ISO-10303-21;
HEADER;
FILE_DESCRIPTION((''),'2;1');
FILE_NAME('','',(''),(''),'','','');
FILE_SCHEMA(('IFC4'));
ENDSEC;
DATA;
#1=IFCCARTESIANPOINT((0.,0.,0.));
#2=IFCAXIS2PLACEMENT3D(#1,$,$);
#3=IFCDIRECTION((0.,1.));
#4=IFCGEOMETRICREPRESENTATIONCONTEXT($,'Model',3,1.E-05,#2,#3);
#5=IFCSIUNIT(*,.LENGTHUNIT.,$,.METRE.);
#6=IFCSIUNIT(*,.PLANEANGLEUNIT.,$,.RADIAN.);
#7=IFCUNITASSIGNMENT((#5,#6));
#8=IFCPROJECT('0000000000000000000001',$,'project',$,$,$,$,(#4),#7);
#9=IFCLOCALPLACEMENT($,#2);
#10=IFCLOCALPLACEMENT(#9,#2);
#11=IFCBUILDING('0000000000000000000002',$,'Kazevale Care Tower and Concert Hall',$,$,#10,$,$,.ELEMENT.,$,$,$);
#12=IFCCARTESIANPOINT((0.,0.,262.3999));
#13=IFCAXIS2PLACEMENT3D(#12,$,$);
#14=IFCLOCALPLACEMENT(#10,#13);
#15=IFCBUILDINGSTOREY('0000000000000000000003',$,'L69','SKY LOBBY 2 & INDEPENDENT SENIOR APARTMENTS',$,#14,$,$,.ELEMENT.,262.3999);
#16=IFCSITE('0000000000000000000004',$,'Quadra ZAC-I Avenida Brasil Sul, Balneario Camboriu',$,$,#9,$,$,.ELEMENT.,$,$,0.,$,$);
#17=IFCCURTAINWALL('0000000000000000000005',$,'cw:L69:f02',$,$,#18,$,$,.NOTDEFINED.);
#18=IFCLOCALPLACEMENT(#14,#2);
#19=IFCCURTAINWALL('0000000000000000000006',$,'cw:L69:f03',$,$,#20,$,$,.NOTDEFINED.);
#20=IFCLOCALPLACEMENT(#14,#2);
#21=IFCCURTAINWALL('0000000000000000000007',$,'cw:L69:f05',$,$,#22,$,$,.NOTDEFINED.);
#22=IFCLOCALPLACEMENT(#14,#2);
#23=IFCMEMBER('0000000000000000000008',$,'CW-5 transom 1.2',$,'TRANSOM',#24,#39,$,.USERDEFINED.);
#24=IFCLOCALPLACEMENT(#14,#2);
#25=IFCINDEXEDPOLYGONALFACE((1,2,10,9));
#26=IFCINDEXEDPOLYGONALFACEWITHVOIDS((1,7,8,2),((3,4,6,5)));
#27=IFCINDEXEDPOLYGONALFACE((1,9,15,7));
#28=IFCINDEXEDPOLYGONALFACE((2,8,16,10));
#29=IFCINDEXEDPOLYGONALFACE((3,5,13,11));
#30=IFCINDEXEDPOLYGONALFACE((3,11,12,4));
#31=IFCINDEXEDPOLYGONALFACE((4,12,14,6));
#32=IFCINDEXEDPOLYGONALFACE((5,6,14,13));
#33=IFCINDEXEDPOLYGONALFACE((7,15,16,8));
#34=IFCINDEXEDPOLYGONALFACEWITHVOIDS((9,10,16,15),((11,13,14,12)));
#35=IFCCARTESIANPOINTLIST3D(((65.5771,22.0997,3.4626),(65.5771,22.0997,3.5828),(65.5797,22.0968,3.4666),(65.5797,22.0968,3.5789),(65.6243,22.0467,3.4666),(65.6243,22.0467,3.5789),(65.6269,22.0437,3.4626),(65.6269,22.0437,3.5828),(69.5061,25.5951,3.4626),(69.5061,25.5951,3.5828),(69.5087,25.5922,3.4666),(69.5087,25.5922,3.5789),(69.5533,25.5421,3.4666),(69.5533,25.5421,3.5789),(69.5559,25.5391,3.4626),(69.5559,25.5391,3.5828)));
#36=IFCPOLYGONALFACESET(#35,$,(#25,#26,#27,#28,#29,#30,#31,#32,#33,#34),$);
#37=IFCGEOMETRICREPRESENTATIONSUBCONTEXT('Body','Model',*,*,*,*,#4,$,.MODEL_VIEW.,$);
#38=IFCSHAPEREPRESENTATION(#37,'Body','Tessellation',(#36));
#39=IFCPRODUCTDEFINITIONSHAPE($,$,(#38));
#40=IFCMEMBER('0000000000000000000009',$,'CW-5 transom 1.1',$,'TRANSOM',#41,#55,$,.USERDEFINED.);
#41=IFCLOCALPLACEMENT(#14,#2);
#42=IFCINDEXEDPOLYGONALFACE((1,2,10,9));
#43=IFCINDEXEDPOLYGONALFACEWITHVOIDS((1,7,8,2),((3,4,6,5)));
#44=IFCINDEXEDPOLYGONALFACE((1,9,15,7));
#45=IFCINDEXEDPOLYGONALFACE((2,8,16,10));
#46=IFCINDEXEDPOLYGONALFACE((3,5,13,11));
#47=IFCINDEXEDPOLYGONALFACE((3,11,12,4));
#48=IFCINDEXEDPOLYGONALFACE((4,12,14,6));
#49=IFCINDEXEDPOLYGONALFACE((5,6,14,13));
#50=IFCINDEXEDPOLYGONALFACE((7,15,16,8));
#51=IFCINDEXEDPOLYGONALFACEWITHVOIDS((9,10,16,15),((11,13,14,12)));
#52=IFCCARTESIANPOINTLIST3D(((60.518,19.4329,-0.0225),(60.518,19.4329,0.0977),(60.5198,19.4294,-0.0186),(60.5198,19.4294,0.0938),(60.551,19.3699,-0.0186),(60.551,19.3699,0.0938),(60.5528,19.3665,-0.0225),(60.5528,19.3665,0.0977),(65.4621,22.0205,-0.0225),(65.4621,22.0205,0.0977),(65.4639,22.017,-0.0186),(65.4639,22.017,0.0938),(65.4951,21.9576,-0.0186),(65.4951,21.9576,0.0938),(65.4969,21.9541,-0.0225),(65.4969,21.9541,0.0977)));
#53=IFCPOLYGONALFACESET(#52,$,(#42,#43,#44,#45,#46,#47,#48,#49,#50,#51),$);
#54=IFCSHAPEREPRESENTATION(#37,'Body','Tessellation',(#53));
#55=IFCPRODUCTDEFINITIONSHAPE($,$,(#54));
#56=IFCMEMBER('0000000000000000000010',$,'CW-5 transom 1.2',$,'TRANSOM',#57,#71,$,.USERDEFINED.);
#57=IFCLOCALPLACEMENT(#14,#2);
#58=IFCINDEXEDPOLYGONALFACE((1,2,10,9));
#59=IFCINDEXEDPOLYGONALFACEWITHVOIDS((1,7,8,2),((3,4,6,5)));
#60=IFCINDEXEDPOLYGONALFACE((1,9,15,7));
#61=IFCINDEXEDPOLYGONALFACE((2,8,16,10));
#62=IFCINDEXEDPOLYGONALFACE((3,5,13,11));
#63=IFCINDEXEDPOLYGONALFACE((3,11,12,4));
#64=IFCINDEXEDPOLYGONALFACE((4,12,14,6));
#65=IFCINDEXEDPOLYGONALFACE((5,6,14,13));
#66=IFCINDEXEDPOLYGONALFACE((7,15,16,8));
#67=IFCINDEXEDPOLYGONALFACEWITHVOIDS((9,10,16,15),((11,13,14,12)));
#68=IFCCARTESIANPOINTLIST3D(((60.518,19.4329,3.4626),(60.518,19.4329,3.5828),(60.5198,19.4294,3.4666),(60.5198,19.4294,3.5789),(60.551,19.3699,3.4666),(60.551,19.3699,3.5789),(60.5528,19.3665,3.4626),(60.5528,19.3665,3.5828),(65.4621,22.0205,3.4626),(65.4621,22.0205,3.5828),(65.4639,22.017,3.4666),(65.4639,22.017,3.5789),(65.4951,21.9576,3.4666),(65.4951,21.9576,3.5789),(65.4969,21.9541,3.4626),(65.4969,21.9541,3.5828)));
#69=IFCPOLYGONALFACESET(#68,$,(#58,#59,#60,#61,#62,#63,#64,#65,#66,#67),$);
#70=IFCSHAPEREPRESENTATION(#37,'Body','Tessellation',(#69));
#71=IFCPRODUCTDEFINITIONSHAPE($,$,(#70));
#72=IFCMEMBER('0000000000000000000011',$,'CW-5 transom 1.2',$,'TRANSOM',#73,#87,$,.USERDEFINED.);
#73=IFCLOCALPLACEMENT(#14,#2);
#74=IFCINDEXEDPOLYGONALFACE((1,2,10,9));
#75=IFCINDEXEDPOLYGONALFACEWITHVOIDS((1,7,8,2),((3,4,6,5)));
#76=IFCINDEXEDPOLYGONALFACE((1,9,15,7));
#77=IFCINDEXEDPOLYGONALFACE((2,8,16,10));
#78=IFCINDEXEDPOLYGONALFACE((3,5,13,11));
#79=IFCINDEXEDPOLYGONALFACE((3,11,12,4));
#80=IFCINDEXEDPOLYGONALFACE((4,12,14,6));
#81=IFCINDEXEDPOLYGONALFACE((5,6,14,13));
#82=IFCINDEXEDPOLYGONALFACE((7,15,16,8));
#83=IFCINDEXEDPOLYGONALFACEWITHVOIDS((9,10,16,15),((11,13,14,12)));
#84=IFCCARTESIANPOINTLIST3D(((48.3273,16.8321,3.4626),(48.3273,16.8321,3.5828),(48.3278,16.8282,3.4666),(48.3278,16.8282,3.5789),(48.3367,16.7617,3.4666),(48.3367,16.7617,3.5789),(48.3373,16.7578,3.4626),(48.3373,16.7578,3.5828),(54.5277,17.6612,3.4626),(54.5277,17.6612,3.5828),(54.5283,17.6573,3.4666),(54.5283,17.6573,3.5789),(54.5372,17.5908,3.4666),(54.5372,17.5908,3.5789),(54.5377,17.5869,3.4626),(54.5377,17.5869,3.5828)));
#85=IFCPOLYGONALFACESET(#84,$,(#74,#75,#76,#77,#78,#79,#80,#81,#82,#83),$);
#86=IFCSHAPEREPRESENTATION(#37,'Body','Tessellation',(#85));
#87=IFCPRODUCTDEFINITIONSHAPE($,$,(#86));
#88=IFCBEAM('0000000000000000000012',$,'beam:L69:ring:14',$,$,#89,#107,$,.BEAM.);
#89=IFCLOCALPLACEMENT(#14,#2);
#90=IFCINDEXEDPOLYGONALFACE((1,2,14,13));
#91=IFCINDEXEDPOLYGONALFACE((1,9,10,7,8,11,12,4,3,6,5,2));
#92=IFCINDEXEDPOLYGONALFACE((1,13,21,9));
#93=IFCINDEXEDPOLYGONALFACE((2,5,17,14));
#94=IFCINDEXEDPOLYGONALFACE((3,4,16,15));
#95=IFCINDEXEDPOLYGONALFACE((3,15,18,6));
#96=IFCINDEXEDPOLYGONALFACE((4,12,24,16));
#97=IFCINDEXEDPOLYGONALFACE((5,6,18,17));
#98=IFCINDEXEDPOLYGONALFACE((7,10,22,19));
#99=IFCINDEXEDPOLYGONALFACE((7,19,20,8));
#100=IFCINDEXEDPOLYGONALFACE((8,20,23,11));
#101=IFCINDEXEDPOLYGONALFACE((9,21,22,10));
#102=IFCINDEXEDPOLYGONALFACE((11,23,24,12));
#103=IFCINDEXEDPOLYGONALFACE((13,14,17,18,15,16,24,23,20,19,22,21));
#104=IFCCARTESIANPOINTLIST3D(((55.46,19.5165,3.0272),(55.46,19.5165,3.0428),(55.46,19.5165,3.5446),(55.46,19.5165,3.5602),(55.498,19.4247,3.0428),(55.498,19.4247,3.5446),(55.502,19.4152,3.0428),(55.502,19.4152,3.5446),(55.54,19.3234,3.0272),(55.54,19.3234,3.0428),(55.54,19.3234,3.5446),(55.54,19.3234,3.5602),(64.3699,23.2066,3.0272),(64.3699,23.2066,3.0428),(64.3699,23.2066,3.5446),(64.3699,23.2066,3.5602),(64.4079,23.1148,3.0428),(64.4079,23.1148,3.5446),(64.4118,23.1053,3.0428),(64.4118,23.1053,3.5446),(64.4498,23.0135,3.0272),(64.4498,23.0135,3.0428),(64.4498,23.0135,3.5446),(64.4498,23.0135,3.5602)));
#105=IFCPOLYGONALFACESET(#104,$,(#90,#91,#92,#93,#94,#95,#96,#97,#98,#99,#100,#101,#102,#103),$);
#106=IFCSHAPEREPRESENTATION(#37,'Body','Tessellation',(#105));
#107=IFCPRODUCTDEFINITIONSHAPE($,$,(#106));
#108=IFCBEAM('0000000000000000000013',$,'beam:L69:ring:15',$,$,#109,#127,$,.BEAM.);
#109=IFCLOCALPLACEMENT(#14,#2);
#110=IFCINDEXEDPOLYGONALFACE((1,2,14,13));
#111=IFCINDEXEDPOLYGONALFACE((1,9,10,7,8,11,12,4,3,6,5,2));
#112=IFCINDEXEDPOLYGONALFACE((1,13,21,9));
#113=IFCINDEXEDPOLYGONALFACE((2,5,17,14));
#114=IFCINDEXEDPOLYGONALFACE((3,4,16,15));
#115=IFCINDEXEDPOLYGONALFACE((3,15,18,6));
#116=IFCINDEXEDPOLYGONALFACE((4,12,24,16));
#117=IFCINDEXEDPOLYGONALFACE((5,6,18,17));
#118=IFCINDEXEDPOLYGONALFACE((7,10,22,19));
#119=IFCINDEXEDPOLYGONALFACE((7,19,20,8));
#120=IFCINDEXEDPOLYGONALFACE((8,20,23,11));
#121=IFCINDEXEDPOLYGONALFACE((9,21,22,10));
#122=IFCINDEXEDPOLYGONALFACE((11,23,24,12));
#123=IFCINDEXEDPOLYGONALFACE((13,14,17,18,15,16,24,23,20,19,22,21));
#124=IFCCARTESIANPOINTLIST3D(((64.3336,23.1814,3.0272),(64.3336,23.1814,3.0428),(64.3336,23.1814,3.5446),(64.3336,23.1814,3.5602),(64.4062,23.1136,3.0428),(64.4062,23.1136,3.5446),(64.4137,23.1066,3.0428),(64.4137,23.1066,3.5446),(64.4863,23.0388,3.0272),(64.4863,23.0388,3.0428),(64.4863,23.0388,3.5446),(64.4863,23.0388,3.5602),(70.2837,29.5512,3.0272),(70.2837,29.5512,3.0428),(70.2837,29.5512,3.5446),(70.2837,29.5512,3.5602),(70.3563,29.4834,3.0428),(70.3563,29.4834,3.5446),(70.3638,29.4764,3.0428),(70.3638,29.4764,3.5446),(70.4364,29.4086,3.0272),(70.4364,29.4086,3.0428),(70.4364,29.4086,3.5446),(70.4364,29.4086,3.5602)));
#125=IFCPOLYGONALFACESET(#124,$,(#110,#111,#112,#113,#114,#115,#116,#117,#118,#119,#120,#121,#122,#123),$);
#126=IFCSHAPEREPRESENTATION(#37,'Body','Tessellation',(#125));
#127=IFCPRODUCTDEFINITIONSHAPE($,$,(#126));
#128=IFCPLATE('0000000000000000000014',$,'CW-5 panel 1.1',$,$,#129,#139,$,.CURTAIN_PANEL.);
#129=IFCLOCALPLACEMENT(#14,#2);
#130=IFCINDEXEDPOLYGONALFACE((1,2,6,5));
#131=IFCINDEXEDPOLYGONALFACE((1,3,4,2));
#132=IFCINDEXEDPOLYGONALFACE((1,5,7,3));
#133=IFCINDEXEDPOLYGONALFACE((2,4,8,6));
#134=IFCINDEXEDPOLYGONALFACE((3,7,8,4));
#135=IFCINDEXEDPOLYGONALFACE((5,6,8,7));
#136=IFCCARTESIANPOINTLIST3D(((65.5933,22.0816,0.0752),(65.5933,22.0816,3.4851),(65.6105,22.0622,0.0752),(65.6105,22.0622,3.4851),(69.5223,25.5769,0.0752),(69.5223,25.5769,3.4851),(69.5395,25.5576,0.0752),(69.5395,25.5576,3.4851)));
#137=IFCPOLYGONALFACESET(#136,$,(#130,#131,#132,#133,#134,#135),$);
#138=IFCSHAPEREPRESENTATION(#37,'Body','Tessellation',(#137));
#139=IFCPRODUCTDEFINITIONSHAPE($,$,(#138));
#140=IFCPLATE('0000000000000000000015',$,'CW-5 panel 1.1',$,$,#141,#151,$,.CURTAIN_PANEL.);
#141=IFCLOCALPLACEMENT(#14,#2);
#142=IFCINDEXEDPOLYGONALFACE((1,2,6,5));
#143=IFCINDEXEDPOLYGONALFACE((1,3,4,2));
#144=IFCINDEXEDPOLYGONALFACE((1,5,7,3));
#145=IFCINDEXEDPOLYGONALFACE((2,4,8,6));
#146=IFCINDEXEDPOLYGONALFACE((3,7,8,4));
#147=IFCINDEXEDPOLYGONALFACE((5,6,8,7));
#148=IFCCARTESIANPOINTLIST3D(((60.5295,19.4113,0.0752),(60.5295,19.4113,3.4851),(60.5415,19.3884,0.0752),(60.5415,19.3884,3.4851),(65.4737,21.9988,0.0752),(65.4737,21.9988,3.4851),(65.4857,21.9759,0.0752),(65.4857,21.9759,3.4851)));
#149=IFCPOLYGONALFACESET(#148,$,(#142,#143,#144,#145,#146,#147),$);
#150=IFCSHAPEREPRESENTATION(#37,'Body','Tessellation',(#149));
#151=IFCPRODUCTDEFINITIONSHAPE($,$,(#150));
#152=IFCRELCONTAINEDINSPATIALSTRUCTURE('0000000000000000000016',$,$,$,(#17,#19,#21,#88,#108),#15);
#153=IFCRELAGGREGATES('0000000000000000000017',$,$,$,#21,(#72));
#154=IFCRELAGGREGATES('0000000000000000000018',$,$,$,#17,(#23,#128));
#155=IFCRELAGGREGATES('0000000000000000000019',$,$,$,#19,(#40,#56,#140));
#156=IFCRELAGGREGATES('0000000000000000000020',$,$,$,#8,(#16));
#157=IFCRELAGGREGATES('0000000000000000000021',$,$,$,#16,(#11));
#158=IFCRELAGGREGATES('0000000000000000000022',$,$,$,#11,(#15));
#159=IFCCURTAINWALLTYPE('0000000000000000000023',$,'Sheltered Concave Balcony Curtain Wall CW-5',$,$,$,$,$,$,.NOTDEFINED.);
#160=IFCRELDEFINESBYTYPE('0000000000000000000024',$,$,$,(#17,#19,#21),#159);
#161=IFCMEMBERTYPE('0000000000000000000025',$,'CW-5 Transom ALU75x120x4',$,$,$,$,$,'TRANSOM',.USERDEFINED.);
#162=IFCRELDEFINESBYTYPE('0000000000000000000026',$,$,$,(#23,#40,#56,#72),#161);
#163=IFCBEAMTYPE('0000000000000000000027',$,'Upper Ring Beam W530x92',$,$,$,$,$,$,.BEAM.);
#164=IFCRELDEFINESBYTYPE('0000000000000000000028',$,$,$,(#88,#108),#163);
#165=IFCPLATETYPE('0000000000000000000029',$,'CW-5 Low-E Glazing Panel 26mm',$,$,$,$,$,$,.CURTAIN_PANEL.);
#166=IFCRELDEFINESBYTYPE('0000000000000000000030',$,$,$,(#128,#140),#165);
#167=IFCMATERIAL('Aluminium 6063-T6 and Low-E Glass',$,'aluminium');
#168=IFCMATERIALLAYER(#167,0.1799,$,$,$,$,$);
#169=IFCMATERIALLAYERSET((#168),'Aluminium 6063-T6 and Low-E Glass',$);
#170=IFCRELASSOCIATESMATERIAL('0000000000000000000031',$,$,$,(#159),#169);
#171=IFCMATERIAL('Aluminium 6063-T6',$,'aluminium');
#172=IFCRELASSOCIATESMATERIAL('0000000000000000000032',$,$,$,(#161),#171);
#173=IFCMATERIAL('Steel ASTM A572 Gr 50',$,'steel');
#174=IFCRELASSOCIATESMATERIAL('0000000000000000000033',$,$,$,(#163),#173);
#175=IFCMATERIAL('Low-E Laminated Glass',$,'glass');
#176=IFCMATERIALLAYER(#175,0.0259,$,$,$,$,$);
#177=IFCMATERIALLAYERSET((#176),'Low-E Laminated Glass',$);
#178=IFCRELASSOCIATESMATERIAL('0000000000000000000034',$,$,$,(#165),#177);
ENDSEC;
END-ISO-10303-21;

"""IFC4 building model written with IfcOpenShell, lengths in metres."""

from ifc_helpers import new_model, si_unit, direction, frame, origin, origin_2d, place, context, subcontext, project, spatial, rectangle, hollow_rectangle, i_section, extrude, material, layer, layer_set, material_profile, profile_set, type_object, element, aggregate, save


model = new_model("IFC4")

# Units and contexts
model_context = context("Model", 3, precision=1e-05, world=origin(), true_north=direction((0.0, 1.0)))
body_context = subcontext(model_context, "Body", "Model", "MODEL_VIEW")
ifc_project = project(units=[si_unit("LENGTHUNIT", "METRE"), si_unit("PLANEANGLEUNIT", "RADIAN")], contexts=[model_context])

# Site, building, storey
site_placement = place(None, origin())
site = spatial("IfcSite", under=ifc_project, at=site_placement, Name="Quadra ZAC-I Avenida Brasil Sul, Balneario Camboriu", CompositionType="ELEMENT", RefElevation=0.0)
building_placement = place(site_placement, origin())
building = spatial("IfcBuilding", under=site, at=building_placement, Name="Kazevale Care Tower and Concert Hall", CompositionType="ELEMENT")
storey_placement = place(building_placement, frame((0.0, 0.0, 262.3999)))
storey = spatial("IfcBuildingStorey", under=building, at=storey_placement, Name="L69", Description="SKY LOBBY 2 & INDEPENDENT SENIOR APARTMENTS", CompositionType="ELEMENT", Elevation=262.3999)

# Curtain walls
ifc_material_1 = material(Name="Aluminium 6063-T6 and Low-E Glass", Category="aluminium")
ifc_layer_1 = layer(ifc_material_1, 0.1799)
ifc_layer_set_1 = layer_set([ifc_layer_1], Name="Aluminium 6063-T6 and Low-E Glass")
curtain_wall_type = type_object("IfcCurtainWallType", Name="Sheltered Concave Balcony Curtain Wall CW-5", PredefinedType="NOTDEFINED", material=ifc_layer_set_1)
curtain_wall_1_placement = place(storey_placement, origin())
curtain_wall_1 = element("IfcCurtainWall", 1, at=curtain_wall_1_placement, inside=storey, type_object=curtain_wall_type, Name="cw:L69:f02", PredefinedType="NOTDEFINED")
ifc_material_2 = material(Name="Aluminium 6063-T6", Category="aluminium")
curtain_wall_2_placement = place(storey_placement, origin())
curtain_wall_2 = element("IfcCurtainWall", 2, at=curtain_wall_2_placement, inside=storey, type_object=curtain_wall_type, Name="cw:L69:f03", PredefinedType="NOTDEFINED")

# Curtain wall
curtain_wall_3_placement = place(storey_placement, origin())
curtain_wall_3 = element("IfcCurtainWall", 3, at=curtain_wall_3_placement, inside=storey, type_object=curtain_wall_type, Name="cw:L69:f05", PredefinedType="NOTDEFINED")

# Members
ifc_material_profile_1 = material_profile(ifc_material_2, hollow_rectangle(XDim=0.075, YDim=0.1201, WallThickness=0.0039, at=origin_2d()), Name="ALU75x120x4")
ifc_profile_set_1 = profile_set([ifc_material_profile_1], Name="Aluminium 6063-T6")
member_type_1 = type_object("IfcMemberType", Name="CW-5 Transom ALU75x120x4", ElementType="TRANSOM", PredefinedType="USERDEFINED", material=ifc_profile_set_1)
member_1_placement = place(storey_placement, frame((69.531, 25.5671, 3.5227), z_axis=(-0.74713, -0.664678, 0.0), x_axis=(0.664678, -0.74713, 0.0)))
member_1 = element("IfcMember", 4, at=member_1_placement, type_object=member_type_1, Name="CW-5 transom 1.2", ObjectType="TRANSOM", PredefinedType="USERDEFINED", context=body_context, shape_type="SweptSolid", body=[
    extrude(hollow_rectangle(XDim=0.075, YDim=0.1201, WallThickness=0.0039, at=origin_2d()), origin(), (0.0, 0.0, 1.0), 5.2588),
])
member_2_placement = place(storey_placement, frame((65.4795, 21.9873, 0.0376), z_axis=(-0.885987, -0.463709, 0.0), x_axis=(0.463709, -0.885987, 0.0)))
member_2 = element("IfcMember", 5, at=member_2_placement, type_object=member_type_1, Name="CW-5 transom 1.1", ObjectType="TRANSOM", PredefinedType="USERDEFINED", context=body_context, shape_type="SweptSolid", body=[
    extrude(hollow_rectangle(XDim=0.075, YDim=0.1201, WallThickness=0.0039, at=origin_2d()), origin(), (0.0, 0.0, 1.0), 5.5803),
])
member_3_placement = place(storey_placement, frame((65.4795, 21.9873, 3.5227), z_axis=(-0.885987, -0.463709, 0.0), x_axis=(0.463709, -0.885987, 0.0)))
member_3 = element("IfcMember", 6, at=member_3_placement, type_object=member_type_1, Name="CW-5 transom 1.2", ObjectType="TRANSOM", PredefinedType="USERDEFINED", context=body_context, shape_type="SweptSolid", body=[
    extrude(hollow_rectangle(XDim=0.075, YDim=0.1201, WallThickness=0.0039, at=origin_2d()), origin(), (0.0, 0.0, 1.0), 5.5803),
])
member_4_placement = place(storey_placement, frame((54.5327, 17.624, 3.5227), z_axis=(-0.991178, -0.132537, 0.0), x_axis=(0.132537, -0.991178, 0.0)))
member_4 = element("IfcMember", 7, at=member_4_placement, type_object=member_type_1, Name="CW-5 transom 1.2", ObjectType="TRANSOM", PredefinedType="USERDEFINED", context=body_context, shape_type="SweptSolid", body=[
    extrude(hollow_rectangle(XDim=0.075, YDim=0.1201, WallThickness=0.0039, at=origin_2d()), origin(), (0.0, 0.0, 1.0), 6.2556),
])
aggregate(curtain_wall_3, [member_4])

# Beams
ifc_material_3 = material(Name="Steel ASTM A572 Gr 50", Category="steel")
ifc_material_profile_2 = material_profile(ifc_material_3, i_section(OverallWidth=0.209, OverallDepth=0.533, WebThickness=0.0103, FlangeThickness=0.0156, at=origin_2d()), Name="W530x92")
ifc_profile_set_2 = profile_set([ifc_material_profile_2], Name="Steel ASTM A572 Gr 50")
beam_type = type_object("IfcBeamType", Name="Upper Ring Beam W530x92", PredefinedType="BEAM", material=ifc_profile_set_2)
beam_1_placement = place(storey_placement, frame((55.5, 19.4199, 3.2937), z_axis=(0.923895, 0.382646, 0.0), x_axis=(-0.382646, 0.923895, 0.0)))
element("IfcBeam", 8, at=beam_1_placement, inside=storey, type_object=beam_type, Name="beam:L69:ring:14", PredefinedType="BEAM", context=body_context, shape_type="SweptSolid", body=[
    extrude(i_section(OverallWidth=0.209, OverallDepth=0.533, WebThickness=0.0103, FlangeThickness=0.0156, at=origin_2d()), origin(), (0.0, 0.0, 1.0), 9.6438),
])
beam_2_placement = place(storey_placement, frame((64.4099, 23.1101, 3.2937), z_axis=(0.682624, 0.73077, 0.0), x_axis=(-0.73077, 0.682624, 0.0)))
element("IfcBeam", 9, at=beam_2_placement, inside=storey, type_object=beam_type, Name="beam:L69:ring:15", PredefinedType="BEAM", context=body_context, shape_type="SweptSolid", body=[
    extrude(i_section(OverallWidth=0.209, OverallDepth=0.533, WebThickness=0.0103, FlangeThickness=0.0156, at=origin_2d()), origin(), (0.0, 0.0, 1.0), 8.7166),
])

# Plates
ifc_material_4 = material(Name="Low-E Laminated Glass", Category="glass")
ifc_layer_2 = layer(ifc_material_4, 0.0259)
ifc_layer_set_2 = layer_set([ifc_layer_2], Name="Low-E Laminated Glass")
plate_type = type_object("IfcPlateType", Name="CW-5 Low-E Glazing Panel 26mm", PredefinedType="CURTAIN_PANEL", material=ifc_layer_set_2)
plate_1_placement = place(storey_placement, frame((67.5664, 23.8196, 0.0752), z_axis=(0.0, 0.0, 1.0), x_axis=(-0.747134, -0.664674, 0.0)))
plate_1 = element("IfcPlate", 10, at=plate_1_placement, type_object=plate_type, Name="CW-5 panel 1.1", PredefinedType="CURTAIN_PANEL", context=body_context, shape_type="SweptSolid", body=[
    extrude(rectangle(XDim=5.2588, YDim=0.0259, at=origin_2d()), origin(), (0.0, 0.0, 1.0), 3.4099),
])
aggregate(curtain_wall_1, [member_1, plate_1])
plate_2_placement = place(storey_placement, frame((63.0076, 20.6936, 0.0752), z_axis=(0.0, 0.0, 1.0), x_axis=(-0.886002, -0.463681, 0.0)))
plate_2 = element("IfcPlate", 11, at=plate_2_placement, type_object=plate_type, Name="CW-5 panel 1.1", PredefinedType="CURTAIN_PANEL", context=body_context, shape_type="SweptSolid", body=[
    extrude(rectangle(XDim=5.5803, YDim=0.0259, at=origin_2d()), origin(), (0.0, 0.0, 1.0), 3.4099),
])
aggregate(curtain_wall_2, [member_2, member_3, plate_2])

save(model, "model.ifc")
